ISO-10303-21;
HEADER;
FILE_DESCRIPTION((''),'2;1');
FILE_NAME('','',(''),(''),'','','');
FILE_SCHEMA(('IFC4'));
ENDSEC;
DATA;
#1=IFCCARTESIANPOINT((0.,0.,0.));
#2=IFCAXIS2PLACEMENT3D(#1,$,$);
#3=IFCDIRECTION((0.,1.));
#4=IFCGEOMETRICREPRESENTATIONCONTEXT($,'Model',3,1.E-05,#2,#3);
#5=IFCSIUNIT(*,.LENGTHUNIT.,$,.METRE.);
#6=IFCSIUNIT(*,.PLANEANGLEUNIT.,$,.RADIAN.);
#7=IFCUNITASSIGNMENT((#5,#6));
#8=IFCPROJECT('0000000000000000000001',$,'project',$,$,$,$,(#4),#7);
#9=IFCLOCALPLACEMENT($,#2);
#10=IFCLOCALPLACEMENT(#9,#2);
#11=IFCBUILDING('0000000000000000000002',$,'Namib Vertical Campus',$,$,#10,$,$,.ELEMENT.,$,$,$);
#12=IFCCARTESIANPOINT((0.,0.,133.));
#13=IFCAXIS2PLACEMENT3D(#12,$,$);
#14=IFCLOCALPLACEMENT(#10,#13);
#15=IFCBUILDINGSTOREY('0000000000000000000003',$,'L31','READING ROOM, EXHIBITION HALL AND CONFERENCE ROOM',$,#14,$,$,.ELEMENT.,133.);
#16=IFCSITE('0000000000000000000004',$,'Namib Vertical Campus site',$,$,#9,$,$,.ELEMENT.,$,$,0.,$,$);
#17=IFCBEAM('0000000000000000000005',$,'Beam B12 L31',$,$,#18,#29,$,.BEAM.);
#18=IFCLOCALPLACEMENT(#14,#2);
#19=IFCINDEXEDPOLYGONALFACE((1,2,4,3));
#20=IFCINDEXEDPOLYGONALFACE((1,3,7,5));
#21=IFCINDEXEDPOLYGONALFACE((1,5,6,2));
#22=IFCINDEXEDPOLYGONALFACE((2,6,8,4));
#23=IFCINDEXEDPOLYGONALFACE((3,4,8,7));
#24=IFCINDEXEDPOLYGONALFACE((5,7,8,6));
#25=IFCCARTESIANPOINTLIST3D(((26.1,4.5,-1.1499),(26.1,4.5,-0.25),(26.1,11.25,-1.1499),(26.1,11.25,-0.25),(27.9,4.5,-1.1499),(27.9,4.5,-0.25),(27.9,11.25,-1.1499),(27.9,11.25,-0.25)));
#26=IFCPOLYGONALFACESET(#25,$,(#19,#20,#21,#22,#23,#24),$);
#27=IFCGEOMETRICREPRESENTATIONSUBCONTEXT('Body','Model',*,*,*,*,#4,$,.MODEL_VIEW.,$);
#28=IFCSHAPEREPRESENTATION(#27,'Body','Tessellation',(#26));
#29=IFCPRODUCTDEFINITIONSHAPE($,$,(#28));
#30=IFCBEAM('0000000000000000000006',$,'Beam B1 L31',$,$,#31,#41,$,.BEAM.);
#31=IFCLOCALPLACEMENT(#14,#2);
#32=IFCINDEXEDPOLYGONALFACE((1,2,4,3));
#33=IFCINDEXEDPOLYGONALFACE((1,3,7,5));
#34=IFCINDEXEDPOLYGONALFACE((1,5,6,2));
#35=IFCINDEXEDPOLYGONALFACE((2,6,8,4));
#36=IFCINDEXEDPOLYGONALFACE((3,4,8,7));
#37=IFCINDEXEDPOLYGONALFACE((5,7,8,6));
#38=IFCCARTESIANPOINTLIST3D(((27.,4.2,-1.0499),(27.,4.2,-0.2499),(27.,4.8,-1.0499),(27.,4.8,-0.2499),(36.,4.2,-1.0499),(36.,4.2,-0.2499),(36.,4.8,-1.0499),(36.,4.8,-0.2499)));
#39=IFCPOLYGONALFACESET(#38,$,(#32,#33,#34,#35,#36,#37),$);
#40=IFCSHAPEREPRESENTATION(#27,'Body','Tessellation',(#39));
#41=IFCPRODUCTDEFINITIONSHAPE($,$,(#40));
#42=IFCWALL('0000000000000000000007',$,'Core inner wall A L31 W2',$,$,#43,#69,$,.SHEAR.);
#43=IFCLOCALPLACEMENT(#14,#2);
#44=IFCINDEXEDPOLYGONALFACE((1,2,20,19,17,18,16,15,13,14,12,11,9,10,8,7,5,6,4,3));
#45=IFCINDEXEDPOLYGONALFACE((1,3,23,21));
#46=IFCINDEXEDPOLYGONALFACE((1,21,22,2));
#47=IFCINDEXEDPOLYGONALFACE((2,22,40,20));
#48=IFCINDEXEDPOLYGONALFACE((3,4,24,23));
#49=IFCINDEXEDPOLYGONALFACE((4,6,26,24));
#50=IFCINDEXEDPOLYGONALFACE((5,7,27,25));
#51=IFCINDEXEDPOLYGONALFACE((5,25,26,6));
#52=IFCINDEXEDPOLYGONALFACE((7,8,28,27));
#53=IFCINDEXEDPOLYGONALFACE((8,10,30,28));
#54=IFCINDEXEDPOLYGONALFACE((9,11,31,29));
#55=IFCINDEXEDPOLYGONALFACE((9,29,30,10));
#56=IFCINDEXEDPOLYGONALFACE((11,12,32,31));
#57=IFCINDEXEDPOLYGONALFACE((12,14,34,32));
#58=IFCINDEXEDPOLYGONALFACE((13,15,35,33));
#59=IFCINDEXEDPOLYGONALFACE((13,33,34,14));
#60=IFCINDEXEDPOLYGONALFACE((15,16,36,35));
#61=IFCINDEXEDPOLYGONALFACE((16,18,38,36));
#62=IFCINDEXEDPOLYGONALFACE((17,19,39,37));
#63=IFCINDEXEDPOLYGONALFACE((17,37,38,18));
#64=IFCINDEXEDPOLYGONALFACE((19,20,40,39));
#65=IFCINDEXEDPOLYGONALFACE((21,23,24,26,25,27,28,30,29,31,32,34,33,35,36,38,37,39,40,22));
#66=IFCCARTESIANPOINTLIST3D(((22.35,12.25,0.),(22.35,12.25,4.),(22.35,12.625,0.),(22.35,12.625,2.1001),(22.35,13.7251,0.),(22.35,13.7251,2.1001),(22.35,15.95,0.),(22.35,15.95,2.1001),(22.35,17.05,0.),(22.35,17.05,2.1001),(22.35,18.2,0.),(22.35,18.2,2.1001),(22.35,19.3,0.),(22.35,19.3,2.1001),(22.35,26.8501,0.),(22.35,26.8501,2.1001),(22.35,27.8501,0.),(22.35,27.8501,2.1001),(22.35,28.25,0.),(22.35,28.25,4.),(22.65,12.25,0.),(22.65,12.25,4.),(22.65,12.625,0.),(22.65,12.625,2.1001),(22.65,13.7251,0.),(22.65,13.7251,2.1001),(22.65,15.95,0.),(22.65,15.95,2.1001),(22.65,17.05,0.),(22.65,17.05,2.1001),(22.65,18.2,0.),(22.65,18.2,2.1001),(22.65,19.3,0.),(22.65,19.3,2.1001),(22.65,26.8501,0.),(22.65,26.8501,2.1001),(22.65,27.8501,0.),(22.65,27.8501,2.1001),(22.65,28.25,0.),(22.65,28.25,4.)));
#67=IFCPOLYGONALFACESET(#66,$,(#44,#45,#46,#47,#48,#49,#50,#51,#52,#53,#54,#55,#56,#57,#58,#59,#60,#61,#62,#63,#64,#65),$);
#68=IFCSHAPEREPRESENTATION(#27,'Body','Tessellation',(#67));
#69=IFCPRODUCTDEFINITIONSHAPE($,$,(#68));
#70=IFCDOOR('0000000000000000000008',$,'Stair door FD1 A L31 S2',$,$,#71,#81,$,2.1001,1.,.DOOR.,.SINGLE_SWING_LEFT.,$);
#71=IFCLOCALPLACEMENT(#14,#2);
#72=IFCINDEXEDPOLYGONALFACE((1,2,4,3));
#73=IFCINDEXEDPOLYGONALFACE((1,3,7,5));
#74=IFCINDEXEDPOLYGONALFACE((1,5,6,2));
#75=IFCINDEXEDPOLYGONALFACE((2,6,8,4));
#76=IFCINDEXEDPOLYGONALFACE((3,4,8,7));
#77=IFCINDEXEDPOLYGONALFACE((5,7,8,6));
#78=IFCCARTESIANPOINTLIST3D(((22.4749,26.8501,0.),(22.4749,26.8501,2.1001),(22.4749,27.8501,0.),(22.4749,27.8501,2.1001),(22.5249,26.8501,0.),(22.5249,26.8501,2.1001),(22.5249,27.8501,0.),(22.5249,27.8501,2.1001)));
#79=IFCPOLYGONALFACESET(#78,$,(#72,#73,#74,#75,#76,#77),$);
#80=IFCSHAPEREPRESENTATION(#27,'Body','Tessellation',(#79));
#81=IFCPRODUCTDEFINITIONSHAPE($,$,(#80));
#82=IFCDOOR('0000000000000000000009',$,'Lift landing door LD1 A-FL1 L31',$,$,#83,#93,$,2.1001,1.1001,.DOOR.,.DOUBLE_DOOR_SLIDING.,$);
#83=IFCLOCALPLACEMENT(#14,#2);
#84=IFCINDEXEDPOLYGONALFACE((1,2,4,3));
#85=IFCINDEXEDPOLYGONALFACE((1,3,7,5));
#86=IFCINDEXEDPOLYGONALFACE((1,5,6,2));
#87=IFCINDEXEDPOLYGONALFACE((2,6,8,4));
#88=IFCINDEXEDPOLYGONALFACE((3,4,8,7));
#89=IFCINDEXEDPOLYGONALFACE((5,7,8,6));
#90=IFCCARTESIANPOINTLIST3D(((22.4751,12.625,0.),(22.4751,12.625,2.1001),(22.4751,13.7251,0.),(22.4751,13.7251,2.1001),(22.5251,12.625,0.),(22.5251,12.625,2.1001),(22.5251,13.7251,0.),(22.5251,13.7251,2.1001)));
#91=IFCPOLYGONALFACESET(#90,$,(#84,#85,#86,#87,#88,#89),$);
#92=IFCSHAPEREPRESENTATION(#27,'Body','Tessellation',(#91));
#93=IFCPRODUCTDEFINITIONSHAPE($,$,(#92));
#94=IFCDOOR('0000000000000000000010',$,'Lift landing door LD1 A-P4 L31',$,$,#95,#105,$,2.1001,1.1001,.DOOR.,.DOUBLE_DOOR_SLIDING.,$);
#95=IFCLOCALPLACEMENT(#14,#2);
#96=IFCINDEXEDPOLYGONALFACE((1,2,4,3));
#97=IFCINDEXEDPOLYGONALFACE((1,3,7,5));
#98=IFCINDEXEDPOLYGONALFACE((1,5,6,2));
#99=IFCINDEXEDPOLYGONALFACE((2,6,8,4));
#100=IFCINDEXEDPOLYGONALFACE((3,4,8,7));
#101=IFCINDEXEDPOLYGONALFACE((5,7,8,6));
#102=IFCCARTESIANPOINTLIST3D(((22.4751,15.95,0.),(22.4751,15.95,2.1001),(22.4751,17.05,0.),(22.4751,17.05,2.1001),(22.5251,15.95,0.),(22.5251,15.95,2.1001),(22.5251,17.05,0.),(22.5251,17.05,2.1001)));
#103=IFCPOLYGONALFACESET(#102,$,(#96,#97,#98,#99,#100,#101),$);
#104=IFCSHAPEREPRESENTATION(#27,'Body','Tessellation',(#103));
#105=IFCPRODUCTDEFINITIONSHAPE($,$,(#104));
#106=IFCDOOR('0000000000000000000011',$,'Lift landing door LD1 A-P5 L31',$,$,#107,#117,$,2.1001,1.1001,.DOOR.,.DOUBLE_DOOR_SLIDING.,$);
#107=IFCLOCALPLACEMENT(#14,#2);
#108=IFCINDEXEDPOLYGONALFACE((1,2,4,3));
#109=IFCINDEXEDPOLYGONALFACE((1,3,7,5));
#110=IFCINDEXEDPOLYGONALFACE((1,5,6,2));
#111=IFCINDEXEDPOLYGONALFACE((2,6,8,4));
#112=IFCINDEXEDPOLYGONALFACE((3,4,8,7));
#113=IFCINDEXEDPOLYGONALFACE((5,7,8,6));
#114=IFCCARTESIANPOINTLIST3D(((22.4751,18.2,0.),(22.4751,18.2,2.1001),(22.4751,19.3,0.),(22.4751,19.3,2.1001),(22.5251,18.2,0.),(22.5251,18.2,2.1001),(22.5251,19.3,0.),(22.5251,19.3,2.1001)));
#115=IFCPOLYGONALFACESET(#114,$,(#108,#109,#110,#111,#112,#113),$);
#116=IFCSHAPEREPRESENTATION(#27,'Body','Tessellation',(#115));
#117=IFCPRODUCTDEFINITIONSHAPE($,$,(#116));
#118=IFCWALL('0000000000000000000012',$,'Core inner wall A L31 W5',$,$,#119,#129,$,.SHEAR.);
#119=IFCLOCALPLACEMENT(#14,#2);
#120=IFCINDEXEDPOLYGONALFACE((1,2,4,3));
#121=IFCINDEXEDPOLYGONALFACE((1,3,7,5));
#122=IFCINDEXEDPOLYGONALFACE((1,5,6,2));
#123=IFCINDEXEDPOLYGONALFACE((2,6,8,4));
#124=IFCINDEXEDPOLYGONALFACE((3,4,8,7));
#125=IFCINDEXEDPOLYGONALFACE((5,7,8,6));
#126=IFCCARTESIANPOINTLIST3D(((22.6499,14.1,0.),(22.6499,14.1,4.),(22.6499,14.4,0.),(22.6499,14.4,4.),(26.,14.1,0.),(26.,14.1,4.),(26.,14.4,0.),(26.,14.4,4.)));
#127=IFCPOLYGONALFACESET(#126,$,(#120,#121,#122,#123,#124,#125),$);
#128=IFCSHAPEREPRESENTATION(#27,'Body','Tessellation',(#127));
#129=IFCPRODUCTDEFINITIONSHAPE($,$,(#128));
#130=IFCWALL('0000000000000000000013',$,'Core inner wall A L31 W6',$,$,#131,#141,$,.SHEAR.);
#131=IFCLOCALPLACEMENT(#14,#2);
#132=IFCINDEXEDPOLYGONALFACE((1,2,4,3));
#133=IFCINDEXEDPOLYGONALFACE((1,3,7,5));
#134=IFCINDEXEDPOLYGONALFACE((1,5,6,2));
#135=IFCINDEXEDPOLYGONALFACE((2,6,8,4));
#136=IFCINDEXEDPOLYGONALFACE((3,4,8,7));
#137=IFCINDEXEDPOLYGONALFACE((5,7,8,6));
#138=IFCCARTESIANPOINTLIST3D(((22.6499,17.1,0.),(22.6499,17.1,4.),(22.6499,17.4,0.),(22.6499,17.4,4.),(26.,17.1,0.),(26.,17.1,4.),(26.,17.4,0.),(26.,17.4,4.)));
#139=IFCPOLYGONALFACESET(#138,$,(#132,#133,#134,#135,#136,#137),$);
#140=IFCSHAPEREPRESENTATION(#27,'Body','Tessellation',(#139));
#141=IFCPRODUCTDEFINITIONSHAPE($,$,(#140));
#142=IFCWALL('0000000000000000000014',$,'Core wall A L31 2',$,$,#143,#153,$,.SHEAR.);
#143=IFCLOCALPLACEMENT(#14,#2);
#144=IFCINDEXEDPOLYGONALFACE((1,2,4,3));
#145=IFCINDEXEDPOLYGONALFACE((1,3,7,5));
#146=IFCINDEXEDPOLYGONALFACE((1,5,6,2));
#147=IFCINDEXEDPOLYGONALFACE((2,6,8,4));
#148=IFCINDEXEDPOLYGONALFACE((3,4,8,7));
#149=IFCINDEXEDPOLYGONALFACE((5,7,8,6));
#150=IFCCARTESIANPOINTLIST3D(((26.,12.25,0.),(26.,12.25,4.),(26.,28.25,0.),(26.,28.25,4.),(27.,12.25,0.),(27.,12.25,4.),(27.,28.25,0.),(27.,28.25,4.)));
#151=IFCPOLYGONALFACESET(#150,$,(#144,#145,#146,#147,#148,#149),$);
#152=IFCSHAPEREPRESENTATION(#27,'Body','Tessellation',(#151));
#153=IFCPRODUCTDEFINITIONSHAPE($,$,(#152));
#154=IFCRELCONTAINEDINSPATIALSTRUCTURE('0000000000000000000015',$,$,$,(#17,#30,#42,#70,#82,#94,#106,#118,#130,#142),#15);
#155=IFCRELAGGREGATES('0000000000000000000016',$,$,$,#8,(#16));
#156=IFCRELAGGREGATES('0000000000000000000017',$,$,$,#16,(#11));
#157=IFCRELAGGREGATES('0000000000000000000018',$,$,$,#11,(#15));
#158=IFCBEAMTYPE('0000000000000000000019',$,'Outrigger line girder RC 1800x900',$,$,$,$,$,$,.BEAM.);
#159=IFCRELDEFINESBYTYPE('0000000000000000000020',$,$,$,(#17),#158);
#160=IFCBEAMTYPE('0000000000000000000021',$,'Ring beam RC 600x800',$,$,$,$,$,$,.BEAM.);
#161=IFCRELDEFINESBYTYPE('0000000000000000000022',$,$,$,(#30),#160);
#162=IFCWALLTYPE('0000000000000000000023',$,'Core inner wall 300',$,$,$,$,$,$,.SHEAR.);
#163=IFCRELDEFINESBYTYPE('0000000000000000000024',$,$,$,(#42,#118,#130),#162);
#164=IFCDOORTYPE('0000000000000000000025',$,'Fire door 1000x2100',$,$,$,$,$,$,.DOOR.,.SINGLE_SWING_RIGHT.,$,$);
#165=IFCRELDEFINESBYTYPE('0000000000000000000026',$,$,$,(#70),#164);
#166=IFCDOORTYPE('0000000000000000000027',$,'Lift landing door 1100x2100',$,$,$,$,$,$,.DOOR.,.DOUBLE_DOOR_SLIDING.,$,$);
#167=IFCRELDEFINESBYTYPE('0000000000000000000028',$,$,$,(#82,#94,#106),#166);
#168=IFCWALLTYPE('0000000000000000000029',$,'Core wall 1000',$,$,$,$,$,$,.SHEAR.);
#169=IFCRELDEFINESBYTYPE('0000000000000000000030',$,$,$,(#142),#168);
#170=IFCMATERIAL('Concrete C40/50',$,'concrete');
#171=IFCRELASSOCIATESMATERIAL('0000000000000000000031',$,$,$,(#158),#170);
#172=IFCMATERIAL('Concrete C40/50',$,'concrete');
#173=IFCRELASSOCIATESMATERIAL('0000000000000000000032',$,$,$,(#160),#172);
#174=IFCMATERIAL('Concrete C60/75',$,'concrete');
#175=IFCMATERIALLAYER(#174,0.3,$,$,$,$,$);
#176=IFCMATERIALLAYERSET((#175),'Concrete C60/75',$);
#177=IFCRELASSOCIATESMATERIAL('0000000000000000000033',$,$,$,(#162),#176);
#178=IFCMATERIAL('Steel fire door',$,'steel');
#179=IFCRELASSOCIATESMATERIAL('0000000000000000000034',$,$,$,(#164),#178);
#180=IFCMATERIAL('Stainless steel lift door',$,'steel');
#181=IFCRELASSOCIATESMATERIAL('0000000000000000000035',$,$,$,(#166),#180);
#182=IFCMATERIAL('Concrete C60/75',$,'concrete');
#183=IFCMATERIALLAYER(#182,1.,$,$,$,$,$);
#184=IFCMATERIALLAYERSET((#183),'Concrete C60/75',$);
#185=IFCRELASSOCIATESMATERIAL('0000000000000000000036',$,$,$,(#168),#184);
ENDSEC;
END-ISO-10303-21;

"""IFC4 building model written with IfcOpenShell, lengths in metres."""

from ifc_helpers import new_model, si_unit, direction, frame, frame_2d, origin, origin_2d, place, context, subcontext, project, spatial, rectangle, extrude, material, layer, layer_set, material_profile, profile_set, type_object, element, fill, save


model = new_model("IFC4")

# Units and contexts
model_context = context("Model", 3, precision=1e-05, world=origin(), true_north=direction((0.0, 1.0)))
body_context = subcontext(model_context, "Body", "Model", "MODEL_VIEW")
ifc_project = project(units=[si_unit("LENGTHUNIT", "METRE"), si_unit("PLANEANGLEUNIT", "RADIAN")], contexts=[model_context])

# Site, building, storey
site_placement = place(None, origin())
site = spatial("IfcSite", under=ifc_project, at=site_placement, Name="Namib Vertical Campus site", CompositionType="ELEMENT", RefElevation=0.0)
building_placement = place(site_placement, origin())
building = spatial("IfcBuilding", under=site, at=building_placement, Name="Namib Vertical Campus", CompositionType="ELEMENT")
storey_placement = place(building_placement, frame((0.0, 0.0, 133.0)))
storey = spatial("IfcBuildingStorey", under=building, at=storey_placement, Name="L31", Description="READING ROOM, EXHIBITION HALL AND CONFERENCE ROOM", CompositionType="ELEMENT", Elevation=133.0)

# Beams
ifc_material_1 = material(Name="Concrete C40/50", Category="concrete")
ifc_material_profile_1 = material_profile(ifc_material_1, rectangle(XDim=1.8, YDim=0.8999, at=origin_2d()))
ifc_profile_set_1 = profile_set([ifc_material_profile_1], Name="Concrete C40/50")
beam_type_1 = type_object("IfcBeamType", Name="Outrigger line girder RC 1800x900", PredefinedType="BEAM", material=ifc_profile_set_1)
beam_1_placement = place(storey_placement, frame((27.0, 4.5, -0.7), z_axis=(0.0, 1.0, 0.0), x_axis=(-1.0, 0.0, 0.0)))
element("IfcBeam", 1, at=beam_1_placement, inside=storey, type_object=beam_type_1, Name="Beam B12 L31", PredefinedType="BEAM", context=body_context, shape_type="SweptSolid", body=[
    extrude(rectangle(XDim=1.8, YDim=0.8999, at=origin_2d()), origin(), (0.0, 0.0, 1.0), 6.75),
])
ifc_material_2 = material(Name="Concrete C40/50", Category="concrete")
ifc_material_profile_2 = material_profile(ifc_material_2, rectangle(XDim=0.6001, YDim=0.8, at=origin_2d()))
ifc_profile_set_2 = profile_set([ifc_material_profile_2], Name="Concrete C40/50")
beam_type_2 = type_object("IfcBeamType", Name="Ring beam RC 600x800", PredefinedType="BEAM", material=ifc_profile_set_2)
beam_2_placement = place(storey_placement, frame((27.0, 4.5, -0.6499), z_axis=(1.0, 0.0, 0.0), x_axis=(0.0, 1.0, 0.0)))
element("IfcBeam", 2, at=beam_2_placement, inside=storey, type_object=beam_type_2, Name="Beam B1 L31", PredefinedType="BEAM", context=body_context, shape_type="SweptSolid", body=[
    extrude(rectangle(XDim=0.6001, YDim=0.8, at=origin_2d()), origin(), (0.0, 0.0, 1.0), 9.0),
])

# Wall, openings, doors
ifc_material_3 = material(Name="Concrete C60/75", Category="concrete")
ifc_layer_1 = layer(ifc_material_3, 0.3)
ifc_layer_set_1 = layer_set([ifc_layer_1], Name="Concrete C60/75")
wall_type_1 = type_object("IfcWallType", Name="Core inner wall 300", PredefinedType="SHEAR", material=ifc_layer_set_1)
wall_1_placement = place(storey_placement, frame((22.5, 12.25, 0.0), z_axis=(0.0, 0.0, 1.0), x_axis=(0.0, 1.0, 0.0)))
wall_1 = element("IfcWall", 3, at=wall_1_placement, inside=storey, type_object=wall_type_1, Name="Core inner wall A L31 W2", PredefinedType="SHEAR", context=body_context, shape_type="SweptSolid", body=[
    extrude(rectangle(XDim=16.0, YDim=0.3, at=frame_2d((8.0, 0.0))), origin(), (0.0, 0.0, 1.0), 4.0),
])
opening_1_placement = place(wall_1_placement, frame((14.6001, 0.0, 0.0)))
opening_1 = element("IfcOpeningElement", 4, at=opening_1_placement, cuts=wall_1, PredefinedType="OPENING", context=body_context, shape_type="SweptSolid", body=[
    extrude(rectangle(XDim=1.0, YDim=2.1001, at=frame_2d((0.5, 1.05))), frame((0.0, 0.1599, 0.0), z_axis=(0.0, -1.0, 0.0), x_axis=(1.0, 0.0, 0.0)), (0.0, 0.0, 1.0), 0.3201),
])
opening_2_placement = place(wall_1_placement, frame((0.375, 0.0, 0.0)))
opening_2 = element("IfcOpeningElement", 5, at=opening_2_placement, cuts=wall_1, PredefinedType="OPENING", context=body_context, shape_type="SweptSolid", body=[
    extrude(rectangle(XDim=1.1001, YDim=2.1001, at=frame_2d((0.55, 1.05))), frame((0.0, 0.1599, 0.0), z_axis=(0.0, -1.0, 0.0), x_axis=(1.0, 0.0, 0.0)), (0.0, 0.0, 1.0), 0.3201),
])
opening_3_placement = place(wall_1_placement, frame((3.7, 0.0, 0.0)))
opening_3 = element("IfcOpeningElement", 6, at=opening_3_placement, cuts=wall_1, PredefinedType="OPENING", context=body_context, shape_type="SweptSolid", body=[
    extrude(rectangle(XDim=1.1001, YDim=2.1001, at=frame_2d((0.55, 1.05))), frame((0.0, 0.1599, 0.0), z_axis=(0.0, -1.0, 0.0), x_axis=(1.0, 0.0, 0.0)), (0.0, 0.0, 1.0), 0.3201),
])
opening_4_placement = place(wall_1_placement, frame((5.95, 0.0, 0.0)))
opening_4 = element("IfcOpeningElement", 7, at=opening_4_placement, cuts=wall_1, PredefinedType="OPENING", context=body_context, shape_type="SweptSolid", body=[
    extrude(rectangle(XDim=1.1001, YDim=2.1001, at=frame_2d((0.55, 1.05))), frame((0.0, 0.1599, 0.0), z_axis=(0.0, -1.0, 0.0), x_axis=(1.0, 0.0, 0.0)), (0.0, 0.0, 1.0), 0.3201),
])
ifc_material_4 = material(Name="Steel fire door", Category="steel")
door_type_1 = type_object("IfcDoorType", Name="Fire door 1000x2100", OperationType="SINGLE_SWING_RIGHT", PredefinedType="DOOR", material=ifc_material_4)
door_1_placement = place(opening_1_placement, frame((1.0, 0.0, 0.0), z_axis=(0.0, 0.0, 1.0), x_axis=(-1.0, 0.0, 0.0)))
door_1 = element("IfcDoor", 8, at=door_1_placement, inside=storey, type_object=door_type_1, Name="Stair door FD1 A L31 S2", OperationType="SINGLE_SWING_LEFT", OverallHeight=2.1001, OverallWidth=1.0, PredefinedType="DOOR", context=body_context, shape_type="SweptSolid", body=[
    extrude(rectangle(XDim=1.0, YDim=2.1001, at=frame_2d((0.5, 1.05))), frame((0.0, 0.0249, 0.0), z_axis=(0.0, -1.0, 0.0), x_axis=(1.0, 0.0, 0.0)), (0.0, 0.0, 1.0), 0.05),
])
fill(opening_1, door_1)
ifc_material_5 = material(Name="Stainless steel lift door", Category="steel")
door_type_2 = type_object("IfcDoorType", Name="Lift landing door 1100x2100", OperationType="DOUBLE_DOOR_SLIDING", PredefinedType="DOOR", material=ifc_material_5)
door_2_placement = place(opening_2_placement, origin())
door_2 = element("IfcDoor", 9, at=door_2_placement, inside=storey, type_object=door_type_2, Name="Lift landing door LD1 A-FL1 L31", OperationType="DOUBLE_DOOR_SLIDING", OverallHeight=2.1001, OverallWidth=1.1001, PredefinedType="DOOR", context=body_context, shape_type="SweptSolid", body=[
    extrude(rectangle(XDim=1.1001, YDim=2.1001, at=frame_2d((0.55, 1.05))), frame((0.0, 0.0249, 0.0), z_axis=(0.0, -1.0, 0.0), x_axis=(1.0, 0.0, 0.0)), (0.0, 0.0, 1.0), 0.05),
])
fill(opening_2, door_2)
door_3_placement = place(opening_3_placement, origin())
door_3 = element("IfcDoor", 10, at=door_3_placement, inside=storey, type_object=door_type_2, Name="Lift landing door LD1 A-P4 L31", OperationType="DOUBLE_DOOR_SLIDING", OverallHeight=2.1001, OverallWidth=1.1001, PredefinedType="DOOR", context=body_context, shape_type="SweptSolid", body=[
    extrude(rectangle(XDim=1.1001, YDim=2.1001, at=frame_2d((0.55, 1.05))), frame((0.0, 0.0249, 0.0), z_axis=(0.0, -1.0, 0.0), x_axis=(1.0, 0.0, 0.0)), (0.0, 0.0, 1.0), 0.05),
])
fill(opening_3, door_3)
door_4_placement = place(opening_4_placement, origin())
door_4 = element("IfcDoor", 11, at=door_4_placement, inside=storey, type_object=door_type_2, Name="Lift landing door LD1 A-P5 L31", OperationType="DOUBLE_DOOR_SLIDING", OverallHeight=2.1001, OverallWidth=1.1001, PredefinedType="DOOR", context=body_context, shape_type="SweptSolid", body=[
    extrude(rectangle(XDim=1.1001, YDim=2.1001, at=frame_2d((0.55, 1.05))), frame((0.0, 0.0249, 0.0), z_axis=(0.0, -1.0, 0.0), x_axis=(1.0, 0.0, 0.0)), (0.0, 0.0, 1.0), 0.05),
])
fill(opening_4, door_4)

# Walls
for number, where, z_axis, x_axis, name in (
    (12, (22.6499, 14.25, 0.0), (0.0, 0.0, 1.0), (1.0, 0.0, 0.0), "Core inner wall A L31 W5"),
    (13, (22.6499, 17.25, 0.0), (0.0, 0.0, 1.0), (1.0, 0.0, 0.0), "Core inner wall A L31 W6"),
):
    element("IfcWall", number, at=place(storey_placement, frame(where, z_axis=z_axis, x_axis=x_axis)), inside=storey, type_object=wall_type_1, Name=name, PredefinedType="SHEAR", context=body_context, shape_type="SweptSolid", body=[
        extrude(rectangle(XDim=3.3501, YDim=0.3, at=frame_2d((1.675, 0.0))), origin(), (0.0, 0.0, 1.0), 4.0),
    ])
ifc_material_6 = material(Name="Concrete C60/75", Category="concrete")
ifc_layer_2 = layer(ifc_material_6, 1.0)
ifc_layer_set_2 = layer_set([ifc_layer_2], Name="Concrete C60/75")
wall_type_2 = type_object("IfcWallType", Name="Core wall 1000", PredefinedType="SHEAR", material=ifc_layer_set_2)
wall_2_placement = place(storey_placement, frame((26.5, 12.25, 0.0), z_axis=(0.0, 0.0, 1.0), x_axis=(0.0, 1.0, 0.0)))
element("IfcWall", 14, at=wall_2_placement, inside=storey, type_object=wall_type_2, Name="Core wall A L31 2", PredefinedType="SHEAR", context=body_context, shape_type="SweptSolid", body=[
    extrude(rectangle(XDim=16.0, YDim=1.0, at=frame_2d((8.0, 0.0))), origin(), (0.0, 0.0, 1.0), 4.0),
])

save(model, "model.ifc")
